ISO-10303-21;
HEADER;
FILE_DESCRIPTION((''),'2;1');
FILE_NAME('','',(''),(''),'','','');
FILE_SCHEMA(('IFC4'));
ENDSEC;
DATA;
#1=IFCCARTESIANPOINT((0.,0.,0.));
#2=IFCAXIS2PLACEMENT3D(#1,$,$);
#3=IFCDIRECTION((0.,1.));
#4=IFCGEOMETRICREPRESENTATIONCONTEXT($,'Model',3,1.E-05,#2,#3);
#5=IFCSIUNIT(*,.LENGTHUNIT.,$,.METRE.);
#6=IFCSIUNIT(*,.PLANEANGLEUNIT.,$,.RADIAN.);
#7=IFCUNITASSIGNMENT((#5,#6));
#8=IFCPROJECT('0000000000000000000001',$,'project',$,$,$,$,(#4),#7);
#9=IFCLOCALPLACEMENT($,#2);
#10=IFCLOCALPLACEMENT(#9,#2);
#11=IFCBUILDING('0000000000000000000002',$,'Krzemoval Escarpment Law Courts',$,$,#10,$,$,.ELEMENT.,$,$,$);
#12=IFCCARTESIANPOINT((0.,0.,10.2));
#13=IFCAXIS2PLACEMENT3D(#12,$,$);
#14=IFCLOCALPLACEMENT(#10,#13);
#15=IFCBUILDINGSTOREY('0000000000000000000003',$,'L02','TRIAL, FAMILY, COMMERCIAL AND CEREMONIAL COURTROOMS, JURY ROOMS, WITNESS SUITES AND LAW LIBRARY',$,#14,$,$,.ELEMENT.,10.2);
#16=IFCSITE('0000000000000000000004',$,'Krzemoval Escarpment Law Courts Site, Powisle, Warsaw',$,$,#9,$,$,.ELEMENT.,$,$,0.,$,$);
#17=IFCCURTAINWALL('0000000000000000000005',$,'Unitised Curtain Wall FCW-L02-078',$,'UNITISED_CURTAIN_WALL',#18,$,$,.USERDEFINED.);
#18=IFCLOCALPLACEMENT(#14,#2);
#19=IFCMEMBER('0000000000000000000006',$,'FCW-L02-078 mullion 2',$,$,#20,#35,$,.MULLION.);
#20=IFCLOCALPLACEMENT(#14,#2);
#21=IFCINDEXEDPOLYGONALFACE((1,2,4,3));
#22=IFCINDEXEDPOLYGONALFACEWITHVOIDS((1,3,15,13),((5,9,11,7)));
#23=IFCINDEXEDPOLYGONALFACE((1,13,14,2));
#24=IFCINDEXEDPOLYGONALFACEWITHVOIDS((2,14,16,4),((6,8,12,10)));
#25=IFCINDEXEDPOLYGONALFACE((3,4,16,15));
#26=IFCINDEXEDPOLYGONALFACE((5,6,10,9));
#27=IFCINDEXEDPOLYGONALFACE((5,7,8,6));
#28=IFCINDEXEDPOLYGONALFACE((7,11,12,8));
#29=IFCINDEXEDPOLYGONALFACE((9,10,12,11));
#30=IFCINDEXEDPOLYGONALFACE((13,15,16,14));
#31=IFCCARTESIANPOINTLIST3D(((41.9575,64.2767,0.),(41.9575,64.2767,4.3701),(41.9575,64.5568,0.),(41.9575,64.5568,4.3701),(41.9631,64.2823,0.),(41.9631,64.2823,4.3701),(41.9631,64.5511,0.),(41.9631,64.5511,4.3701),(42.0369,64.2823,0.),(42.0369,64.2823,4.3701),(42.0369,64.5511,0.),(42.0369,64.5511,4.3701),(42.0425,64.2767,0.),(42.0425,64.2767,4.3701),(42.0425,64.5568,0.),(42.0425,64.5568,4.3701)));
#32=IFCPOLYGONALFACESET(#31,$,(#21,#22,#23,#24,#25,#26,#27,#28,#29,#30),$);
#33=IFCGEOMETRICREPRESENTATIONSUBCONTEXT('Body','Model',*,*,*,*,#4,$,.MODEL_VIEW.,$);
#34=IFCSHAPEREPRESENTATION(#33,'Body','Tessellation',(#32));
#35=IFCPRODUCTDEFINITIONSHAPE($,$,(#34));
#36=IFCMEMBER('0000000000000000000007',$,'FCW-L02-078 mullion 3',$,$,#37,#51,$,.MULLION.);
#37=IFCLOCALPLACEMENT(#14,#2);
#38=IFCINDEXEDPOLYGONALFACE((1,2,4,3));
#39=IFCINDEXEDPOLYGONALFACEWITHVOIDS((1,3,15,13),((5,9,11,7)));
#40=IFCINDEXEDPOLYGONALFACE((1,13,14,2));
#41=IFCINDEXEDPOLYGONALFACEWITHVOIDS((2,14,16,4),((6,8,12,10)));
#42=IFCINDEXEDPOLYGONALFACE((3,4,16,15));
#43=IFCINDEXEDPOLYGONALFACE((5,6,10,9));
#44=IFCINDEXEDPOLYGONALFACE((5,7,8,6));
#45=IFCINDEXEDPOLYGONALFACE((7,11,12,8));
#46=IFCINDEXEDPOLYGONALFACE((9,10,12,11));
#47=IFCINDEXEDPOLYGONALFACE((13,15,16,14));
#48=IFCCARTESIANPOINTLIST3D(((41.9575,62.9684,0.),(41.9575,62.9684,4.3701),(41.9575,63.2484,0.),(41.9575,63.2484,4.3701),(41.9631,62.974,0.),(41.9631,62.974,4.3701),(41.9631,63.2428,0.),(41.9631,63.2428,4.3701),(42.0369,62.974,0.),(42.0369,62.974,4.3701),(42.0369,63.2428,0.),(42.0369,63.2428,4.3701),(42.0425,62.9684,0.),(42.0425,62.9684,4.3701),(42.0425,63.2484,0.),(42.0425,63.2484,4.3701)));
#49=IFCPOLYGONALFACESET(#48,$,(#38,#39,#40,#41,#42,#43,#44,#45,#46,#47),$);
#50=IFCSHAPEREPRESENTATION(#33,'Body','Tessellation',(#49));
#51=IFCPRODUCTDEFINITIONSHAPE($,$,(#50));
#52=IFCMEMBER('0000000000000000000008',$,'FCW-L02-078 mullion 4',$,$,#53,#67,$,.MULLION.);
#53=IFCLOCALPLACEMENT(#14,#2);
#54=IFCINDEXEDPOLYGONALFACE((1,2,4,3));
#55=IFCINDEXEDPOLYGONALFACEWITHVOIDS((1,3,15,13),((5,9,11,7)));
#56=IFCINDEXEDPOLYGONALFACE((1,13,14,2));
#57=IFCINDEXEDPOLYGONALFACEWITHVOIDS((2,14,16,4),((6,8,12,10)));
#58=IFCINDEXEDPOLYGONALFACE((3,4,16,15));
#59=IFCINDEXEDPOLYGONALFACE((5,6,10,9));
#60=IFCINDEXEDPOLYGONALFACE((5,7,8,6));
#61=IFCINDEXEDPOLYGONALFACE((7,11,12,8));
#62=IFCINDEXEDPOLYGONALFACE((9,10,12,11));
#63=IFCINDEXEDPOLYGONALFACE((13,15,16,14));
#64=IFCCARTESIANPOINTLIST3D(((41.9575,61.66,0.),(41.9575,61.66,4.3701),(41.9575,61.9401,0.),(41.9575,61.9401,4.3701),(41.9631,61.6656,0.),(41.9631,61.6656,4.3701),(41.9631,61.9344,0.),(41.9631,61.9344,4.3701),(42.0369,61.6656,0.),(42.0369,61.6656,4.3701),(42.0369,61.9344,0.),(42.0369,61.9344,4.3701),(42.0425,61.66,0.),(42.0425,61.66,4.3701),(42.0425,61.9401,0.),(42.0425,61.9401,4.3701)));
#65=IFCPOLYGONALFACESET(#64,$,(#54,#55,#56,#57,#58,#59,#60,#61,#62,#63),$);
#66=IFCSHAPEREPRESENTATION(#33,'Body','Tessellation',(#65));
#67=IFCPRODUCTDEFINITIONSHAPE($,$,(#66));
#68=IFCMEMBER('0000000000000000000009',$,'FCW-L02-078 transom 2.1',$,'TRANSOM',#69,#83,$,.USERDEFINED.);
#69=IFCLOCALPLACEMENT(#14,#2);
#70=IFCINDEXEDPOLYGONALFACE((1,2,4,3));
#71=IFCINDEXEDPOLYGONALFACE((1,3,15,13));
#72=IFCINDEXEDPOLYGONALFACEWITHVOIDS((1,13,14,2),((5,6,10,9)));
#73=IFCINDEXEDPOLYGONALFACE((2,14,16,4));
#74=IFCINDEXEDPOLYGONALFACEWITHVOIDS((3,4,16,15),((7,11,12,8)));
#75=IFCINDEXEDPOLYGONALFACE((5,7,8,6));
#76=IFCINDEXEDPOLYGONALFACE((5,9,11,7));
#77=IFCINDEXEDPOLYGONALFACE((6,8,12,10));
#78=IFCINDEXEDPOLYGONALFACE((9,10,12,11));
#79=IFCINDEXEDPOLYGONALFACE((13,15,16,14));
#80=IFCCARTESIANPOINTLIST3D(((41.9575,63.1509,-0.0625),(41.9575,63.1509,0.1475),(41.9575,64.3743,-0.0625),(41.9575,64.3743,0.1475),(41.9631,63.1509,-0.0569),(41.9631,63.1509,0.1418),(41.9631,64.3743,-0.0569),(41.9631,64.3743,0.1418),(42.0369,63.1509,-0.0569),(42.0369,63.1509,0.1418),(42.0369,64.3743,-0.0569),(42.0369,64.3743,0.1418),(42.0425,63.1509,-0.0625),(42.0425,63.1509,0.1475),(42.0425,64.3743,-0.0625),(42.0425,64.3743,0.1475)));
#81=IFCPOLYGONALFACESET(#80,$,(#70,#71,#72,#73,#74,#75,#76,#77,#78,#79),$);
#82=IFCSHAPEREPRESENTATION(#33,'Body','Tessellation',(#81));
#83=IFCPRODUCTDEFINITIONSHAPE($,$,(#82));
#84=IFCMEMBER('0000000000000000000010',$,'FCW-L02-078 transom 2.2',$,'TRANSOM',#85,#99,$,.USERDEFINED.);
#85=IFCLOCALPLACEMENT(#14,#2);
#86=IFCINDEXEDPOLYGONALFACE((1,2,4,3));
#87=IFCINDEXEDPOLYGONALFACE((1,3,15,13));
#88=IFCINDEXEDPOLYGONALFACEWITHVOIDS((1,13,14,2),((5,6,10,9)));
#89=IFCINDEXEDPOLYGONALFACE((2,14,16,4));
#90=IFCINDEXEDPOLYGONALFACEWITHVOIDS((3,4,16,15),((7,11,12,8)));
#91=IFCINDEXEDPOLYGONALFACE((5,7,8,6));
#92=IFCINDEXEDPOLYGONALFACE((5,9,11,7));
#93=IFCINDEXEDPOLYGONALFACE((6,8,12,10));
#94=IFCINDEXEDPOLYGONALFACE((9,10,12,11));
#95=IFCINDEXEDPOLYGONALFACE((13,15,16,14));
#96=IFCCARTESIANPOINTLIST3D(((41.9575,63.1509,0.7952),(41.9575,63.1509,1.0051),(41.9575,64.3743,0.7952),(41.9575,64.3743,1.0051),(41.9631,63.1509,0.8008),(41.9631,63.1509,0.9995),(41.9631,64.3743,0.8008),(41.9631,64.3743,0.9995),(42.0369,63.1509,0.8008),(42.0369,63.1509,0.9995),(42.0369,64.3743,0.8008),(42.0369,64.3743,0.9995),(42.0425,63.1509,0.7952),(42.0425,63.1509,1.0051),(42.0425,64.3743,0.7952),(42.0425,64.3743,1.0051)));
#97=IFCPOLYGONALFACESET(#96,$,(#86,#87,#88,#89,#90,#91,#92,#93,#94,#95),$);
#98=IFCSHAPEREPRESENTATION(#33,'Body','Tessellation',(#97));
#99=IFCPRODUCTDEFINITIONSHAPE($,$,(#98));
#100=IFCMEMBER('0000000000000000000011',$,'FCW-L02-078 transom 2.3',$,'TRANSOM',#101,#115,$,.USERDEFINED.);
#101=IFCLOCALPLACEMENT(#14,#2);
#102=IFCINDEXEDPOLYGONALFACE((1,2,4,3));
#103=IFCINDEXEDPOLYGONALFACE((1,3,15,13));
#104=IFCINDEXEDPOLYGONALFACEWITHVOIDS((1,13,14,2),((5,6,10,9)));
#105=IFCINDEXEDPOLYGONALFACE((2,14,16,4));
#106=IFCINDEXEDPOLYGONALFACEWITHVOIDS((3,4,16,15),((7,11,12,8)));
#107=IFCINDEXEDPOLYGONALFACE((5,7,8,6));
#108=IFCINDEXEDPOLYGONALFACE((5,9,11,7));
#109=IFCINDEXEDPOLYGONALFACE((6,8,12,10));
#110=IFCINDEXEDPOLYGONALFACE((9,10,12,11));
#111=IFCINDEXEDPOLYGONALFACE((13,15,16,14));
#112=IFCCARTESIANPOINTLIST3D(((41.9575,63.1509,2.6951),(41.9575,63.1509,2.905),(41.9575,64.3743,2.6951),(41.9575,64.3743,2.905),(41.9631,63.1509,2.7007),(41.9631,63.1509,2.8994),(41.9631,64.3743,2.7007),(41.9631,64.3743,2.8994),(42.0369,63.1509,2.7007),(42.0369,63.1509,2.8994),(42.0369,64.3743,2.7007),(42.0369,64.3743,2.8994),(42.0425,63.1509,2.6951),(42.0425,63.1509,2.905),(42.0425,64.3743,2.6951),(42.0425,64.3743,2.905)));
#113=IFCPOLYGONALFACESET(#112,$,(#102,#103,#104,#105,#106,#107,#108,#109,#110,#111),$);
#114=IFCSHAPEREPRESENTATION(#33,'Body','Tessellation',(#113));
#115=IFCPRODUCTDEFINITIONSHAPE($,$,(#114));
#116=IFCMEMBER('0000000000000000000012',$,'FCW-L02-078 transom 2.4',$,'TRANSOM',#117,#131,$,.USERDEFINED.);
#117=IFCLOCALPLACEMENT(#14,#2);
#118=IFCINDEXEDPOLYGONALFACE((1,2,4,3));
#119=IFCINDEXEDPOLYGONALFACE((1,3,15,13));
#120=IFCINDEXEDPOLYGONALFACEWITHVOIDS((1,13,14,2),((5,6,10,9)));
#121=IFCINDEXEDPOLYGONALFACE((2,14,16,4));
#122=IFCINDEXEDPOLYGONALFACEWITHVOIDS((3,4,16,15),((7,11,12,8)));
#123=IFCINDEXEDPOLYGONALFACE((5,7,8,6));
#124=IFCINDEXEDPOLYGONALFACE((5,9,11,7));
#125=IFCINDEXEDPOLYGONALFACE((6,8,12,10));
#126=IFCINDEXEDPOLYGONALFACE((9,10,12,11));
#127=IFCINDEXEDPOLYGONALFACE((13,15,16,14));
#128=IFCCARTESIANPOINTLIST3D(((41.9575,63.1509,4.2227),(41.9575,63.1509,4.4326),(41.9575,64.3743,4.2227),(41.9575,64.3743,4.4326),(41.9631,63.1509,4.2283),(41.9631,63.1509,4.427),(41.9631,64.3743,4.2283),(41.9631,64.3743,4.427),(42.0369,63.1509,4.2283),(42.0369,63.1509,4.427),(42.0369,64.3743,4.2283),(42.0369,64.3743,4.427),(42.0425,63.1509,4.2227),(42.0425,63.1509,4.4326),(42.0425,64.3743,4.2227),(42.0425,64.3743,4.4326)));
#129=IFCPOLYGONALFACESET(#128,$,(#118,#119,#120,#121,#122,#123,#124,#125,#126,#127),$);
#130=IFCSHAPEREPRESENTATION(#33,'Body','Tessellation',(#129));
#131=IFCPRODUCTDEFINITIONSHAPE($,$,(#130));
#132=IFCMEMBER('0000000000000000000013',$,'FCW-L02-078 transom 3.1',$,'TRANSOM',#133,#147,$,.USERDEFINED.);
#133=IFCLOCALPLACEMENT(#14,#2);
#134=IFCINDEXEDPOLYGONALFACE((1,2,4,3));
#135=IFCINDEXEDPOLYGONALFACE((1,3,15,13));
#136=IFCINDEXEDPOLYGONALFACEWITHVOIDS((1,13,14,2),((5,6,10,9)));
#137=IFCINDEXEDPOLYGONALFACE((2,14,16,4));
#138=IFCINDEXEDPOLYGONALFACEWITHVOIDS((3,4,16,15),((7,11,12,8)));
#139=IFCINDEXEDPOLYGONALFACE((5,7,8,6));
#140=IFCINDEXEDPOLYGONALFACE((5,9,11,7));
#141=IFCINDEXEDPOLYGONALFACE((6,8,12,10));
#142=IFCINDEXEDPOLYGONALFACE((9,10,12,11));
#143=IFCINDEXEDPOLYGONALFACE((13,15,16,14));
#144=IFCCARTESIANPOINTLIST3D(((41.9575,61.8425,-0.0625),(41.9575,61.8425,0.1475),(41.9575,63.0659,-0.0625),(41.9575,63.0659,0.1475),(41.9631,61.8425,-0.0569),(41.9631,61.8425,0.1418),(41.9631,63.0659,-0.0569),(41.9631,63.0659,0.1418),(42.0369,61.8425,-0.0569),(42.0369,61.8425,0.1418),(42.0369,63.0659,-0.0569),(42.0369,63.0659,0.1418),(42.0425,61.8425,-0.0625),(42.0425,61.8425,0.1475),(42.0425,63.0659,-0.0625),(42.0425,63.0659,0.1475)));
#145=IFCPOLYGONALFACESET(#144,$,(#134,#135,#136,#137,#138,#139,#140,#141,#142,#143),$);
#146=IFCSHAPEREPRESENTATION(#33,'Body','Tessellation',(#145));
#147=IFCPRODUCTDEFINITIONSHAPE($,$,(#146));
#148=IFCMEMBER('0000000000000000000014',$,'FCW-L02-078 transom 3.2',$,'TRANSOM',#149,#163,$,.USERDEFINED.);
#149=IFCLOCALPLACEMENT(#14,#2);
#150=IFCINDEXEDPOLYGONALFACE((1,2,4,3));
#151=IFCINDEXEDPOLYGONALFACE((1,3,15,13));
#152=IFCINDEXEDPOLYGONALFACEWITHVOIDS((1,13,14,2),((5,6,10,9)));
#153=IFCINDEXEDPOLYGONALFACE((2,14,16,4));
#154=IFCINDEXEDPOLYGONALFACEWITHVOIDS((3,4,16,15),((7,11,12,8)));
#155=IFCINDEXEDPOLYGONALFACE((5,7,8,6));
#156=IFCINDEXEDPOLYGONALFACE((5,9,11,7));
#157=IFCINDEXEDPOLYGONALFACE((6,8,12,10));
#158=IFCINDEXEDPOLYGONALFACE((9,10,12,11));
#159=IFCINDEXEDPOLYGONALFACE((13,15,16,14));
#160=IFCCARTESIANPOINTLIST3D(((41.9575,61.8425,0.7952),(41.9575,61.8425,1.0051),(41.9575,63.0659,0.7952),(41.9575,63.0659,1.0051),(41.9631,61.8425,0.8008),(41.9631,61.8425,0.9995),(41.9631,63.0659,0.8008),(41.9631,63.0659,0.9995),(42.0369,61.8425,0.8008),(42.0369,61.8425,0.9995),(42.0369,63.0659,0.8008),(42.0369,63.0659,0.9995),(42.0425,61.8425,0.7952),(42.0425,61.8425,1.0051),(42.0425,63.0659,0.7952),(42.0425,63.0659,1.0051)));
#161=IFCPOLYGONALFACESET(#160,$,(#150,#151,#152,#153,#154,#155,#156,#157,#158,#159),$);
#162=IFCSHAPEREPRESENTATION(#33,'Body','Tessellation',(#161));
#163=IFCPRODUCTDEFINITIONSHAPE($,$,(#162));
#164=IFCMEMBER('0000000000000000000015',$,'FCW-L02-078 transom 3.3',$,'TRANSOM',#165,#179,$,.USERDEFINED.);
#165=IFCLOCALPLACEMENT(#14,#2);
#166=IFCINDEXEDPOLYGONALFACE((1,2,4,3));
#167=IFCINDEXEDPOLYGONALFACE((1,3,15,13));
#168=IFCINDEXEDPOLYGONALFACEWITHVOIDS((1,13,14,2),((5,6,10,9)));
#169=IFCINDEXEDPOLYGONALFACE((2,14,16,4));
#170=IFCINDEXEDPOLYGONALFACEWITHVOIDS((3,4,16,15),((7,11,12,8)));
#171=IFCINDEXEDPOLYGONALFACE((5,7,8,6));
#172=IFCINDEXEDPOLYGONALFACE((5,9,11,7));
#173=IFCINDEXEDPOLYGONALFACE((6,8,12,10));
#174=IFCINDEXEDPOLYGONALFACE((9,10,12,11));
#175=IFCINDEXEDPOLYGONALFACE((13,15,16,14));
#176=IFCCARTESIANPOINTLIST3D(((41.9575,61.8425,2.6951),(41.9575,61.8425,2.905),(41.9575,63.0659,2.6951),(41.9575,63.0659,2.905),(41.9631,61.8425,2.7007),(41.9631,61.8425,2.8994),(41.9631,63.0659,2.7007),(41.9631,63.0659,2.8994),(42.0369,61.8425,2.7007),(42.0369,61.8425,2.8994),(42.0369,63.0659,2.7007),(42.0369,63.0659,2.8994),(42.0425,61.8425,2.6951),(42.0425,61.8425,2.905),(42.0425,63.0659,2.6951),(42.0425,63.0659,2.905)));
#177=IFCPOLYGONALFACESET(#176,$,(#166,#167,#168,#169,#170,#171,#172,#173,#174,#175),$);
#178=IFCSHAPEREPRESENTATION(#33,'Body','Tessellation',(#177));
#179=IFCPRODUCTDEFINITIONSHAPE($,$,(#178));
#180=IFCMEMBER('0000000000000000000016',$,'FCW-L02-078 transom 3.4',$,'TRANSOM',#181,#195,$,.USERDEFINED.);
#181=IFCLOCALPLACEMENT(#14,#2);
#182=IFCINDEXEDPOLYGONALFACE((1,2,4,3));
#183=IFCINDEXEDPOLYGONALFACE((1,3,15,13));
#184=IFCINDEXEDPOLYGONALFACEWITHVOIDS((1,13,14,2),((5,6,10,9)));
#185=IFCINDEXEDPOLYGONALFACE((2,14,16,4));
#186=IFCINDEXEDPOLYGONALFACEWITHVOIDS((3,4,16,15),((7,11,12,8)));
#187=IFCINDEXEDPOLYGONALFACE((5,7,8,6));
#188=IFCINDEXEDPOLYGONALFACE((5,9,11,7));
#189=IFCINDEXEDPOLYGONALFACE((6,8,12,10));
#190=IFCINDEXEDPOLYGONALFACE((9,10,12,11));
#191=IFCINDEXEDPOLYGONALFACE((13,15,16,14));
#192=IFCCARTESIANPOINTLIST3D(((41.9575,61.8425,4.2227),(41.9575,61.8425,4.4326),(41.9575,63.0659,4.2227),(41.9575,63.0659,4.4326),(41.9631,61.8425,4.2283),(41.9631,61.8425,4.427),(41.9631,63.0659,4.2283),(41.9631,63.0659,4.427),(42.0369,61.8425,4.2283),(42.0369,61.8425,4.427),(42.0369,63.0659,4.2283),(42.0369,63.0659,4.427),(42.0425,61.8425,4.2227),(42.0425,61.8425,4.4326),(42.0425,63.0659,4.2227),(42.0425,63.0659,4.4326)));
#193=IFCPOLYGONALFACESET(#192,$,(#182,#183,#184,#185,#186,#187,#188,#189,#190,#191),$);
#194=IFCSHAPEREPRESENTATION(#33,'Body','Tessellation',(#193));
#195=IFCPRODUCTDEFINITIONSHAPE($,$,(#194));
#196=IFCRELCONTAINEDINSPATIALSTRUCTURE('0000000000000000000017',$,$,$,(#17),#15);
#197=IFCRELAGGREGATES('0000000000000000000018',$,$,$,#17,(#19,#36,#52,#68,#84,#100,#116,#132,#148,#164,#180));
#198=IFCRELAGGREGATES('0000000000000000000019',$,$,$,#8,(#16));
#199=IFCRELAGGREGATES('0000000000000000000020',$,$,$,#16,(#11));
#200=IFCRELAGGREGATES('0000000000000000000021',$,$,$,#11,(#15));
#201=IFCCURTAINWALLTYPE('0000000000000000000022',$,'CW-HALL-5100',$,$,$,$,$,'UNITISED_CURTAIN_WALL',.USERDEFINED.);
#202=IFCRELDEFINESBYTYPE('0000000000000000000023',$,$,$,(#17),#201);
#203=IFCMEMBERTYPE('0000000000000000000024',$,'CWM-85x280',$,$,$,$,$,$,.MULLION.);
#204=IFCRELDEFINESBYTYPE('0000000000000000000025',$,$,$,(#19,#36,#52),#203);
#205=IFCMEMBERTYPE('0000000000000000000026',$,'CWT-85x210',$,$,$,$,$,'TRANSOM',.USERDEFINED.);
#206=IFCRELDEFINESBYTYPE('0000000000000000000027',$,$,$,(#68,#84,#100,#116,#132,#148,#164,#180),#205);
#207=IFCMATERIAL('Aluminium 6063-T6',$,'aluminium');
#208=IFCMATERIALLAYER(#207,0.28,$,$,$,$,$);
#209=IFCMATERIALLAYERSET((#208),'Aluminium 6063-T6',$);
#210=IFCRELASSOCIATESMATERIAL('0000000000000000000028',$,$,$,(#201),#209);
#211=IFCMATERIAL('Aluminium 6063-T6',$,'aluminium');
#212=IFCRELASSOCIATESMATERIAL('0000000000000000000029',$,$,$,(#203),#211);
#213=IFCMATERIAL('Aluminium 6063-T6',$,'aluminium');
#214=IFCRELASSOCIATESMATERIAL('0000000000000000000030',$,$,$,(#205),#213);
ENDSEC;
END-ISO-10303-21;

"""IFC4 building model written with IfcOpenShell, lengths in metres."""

from ifc_helpers import new_model, si_unit, direction, frame, origin, origin_2d, place, context, subcontext, project, spatial, hollow_rectangle, extrude, material, layer, layer_set, material_profile, profile_set, type_object, element, aggregate, save


model = new_model("IFC4")

# Units and contexts
model_context = context("Model", 3, precision=1e-05, world=origin(), true_north=direction((0.0, 1.0)))
body_context = subcontext(model_context, "Body", "Model", "MODEL_VIEW")
ifc_project = project(units=[si_unit("LENGTHUNIT", "METRE"), si_unit("PLANEANGLEUNIT", "RADIAN")], contexts=[model_context])

# Site, building, storey
site_placement = place(None, origin())
site = spatial("IfcSite", under=ifc_project, at=site_placement, Name="Krzemoval Escarpment Law Courts Site, Powisle, Warsaw", CompositionType="ELEMENT", RefElevation=0.0)
building_placement = place(site_placement, origin())
building = spatial("IfcBuilding", under=site, at=building_placement, Name="Krzemoval Escarpment Law Courts", CompositionType="ELEMENT")
storey_placement = place(building_placement, frame((0.0, 0.0, 10.2)))
storey = spatial("IfcBuildingStorey", under=building, at=storey_placement, Name="L02", Description="TRIAL, FAMILY, COMMERCIAL AND CEREMONIAL COURTROOMS, JURY ROOMS, WITNESS SUITES AND LAW LIBRARY", CompositionType="ELEMENT", Elevation=10.2)

# Curtain wall, members
ifc_material_1 = material(Name="Aluminium 6063-T6", Category="aluminium")
ifc_layer_1 = layer(ifc_material_1, 0.28)
ifc_layer_set_1 = layer_set([ifc_layer_1], Name="Aluminium 6063-T6")
curtain_wall_type = type_object("IfcCurtainWallType", Name="CW-HALL-5100", ElementType="UNITISED_CURTAIN_WALL", PredefinedType="USERDEFINED", material=ifc_layer_set_1)
curtain_wall_placement = place(storey_placement, origin())
curtain_wall = element("IfcCurtainWall", 1, at=curtain_wall_placement, inside=storey, type_object=curtain_wall_type, Name="Unitised Curtain Wall FCW-L02-078", ObjectType="UNITISED_CURTAIN_WALL", PredefinedType="USERDEFINED")
ifc_material_2 = material(Name="Aluminium 6063-T6", Category="aluminium")
ifc_material_profile_1 = material_profile(ifc_material_2, hollow_rectangle(XDim=0.085, YDim=0.28, WallThickness=0.0056, at=origin_2d()), Name="ALU M85x280")
ifc_profile_set_1 = profile_set([ifc_material_profile_1], Name="Aluminium 6063-T6")
member_type_1 = type_object("IfcMemberType", Name="CWM-85x280", PredefinedType="MULLION", material=ifc_profile_set_1)
member_1_placement = place(storey_placement, frame((42.0, 64.4167, 0.0), z_axis=(0.0, 0.0, 1.0), x_axis=(1.0, 0.0, 0.0)))
member_1 = element("IfcMember", 2, at=member_1_placement, type_object=member_type_1, Name="FCW-L02-078 mullion 2", PredefinedType="MULLION", context=body_context, shape_type="SweptSolid", body=[
    extrude(hollow_rectangle(XDim=0.085, YDim=0.28, WallThickness=0.0056, at=origin_2d()), origin(), (0.0, 0.0, 1.0), 4.3701),
])
member_2_placement = place(storey_placement, frame((42.0, 63.1084, 0.0), z_axis=(0.0, 0.0, 1.0), x_axis=(1.0, 0.0, 0.0)))
member_2 = element("IfcMember", 3, at=member_2_placement, type_object=member_type_1, Name="FCW-L02-078 mullion 3", PredefinedType="MULLION", context=body_context, shape_type="SweptSolid", body=[
    extrude(hollow_rectangle(XDim=0.085, YDim=0.28, WallThickness=0.0056, at=origin_2d()), origin(), (0.0, 0.0, 1.0), 4.3701),
])
member_3_placement = place(storey_placement, frame((42.0, 61.8, 0.0), z_axis=(0.0, 0.0, 1.0), x_axis=(1.0, 0.0, 0.0)))
member_3 = element("IfcMember", 4, at=member_3_placement, type_object=member_type_1, Name="FCW-L02-078 mullion 4", PredefinedType="MULLION", context=body_context, shape_type="SweptSolid", body=[
    extrude(hollow_rectangle(XDim=0.085, YDim=0.28, WallThickness=0.0056, at=origin_2d()), origin(), (0.0, 0.0, 1.0), 4.3701),
])
ifc_material_3 = material(Name="Aluminium 6063-T6", Category="aluminium")
ifc_material_profile_2 = material_profile(ifc_material_3, hollow_rectangle(XDim=0.085, YDim=0.21, WallThickness=0.0056, at=origin_2d()), Name="ALU T85x210")
ifc_profile_set_2 = profile_set([ifc_material_profile_2], Name="Aluminium 6063-T6")
member_type_2 = type_object("IfcMemberType", Name="CWT-85x210", ElementType="TRANSOM", PredefinedType="USERDEFINED", material=ifc_profile_set_2)
member_4_placement = place(storey_placement, frame((42.0, 64.3743, 0.0425), z_axis=(0.0, -1.0, 0.0), x_axis=(1.0, 0.0, 0.0)))
member_4 = element("IfcMember", 5, at=member_4_placement, type_object=member_type_2, Name="FCW-L02-078 transom 2.1", ObjectType="TRANSOM", PredefinedType="USERDEFINED", context=body_context, shape_type="SweptSolid", body=[
    extrude(hollow_rectangle(XDim=0.085, YDim=0.21, WallThickness=0.0056, at=origin_2d()), origin(), (0.0, 0.0, 1.0), 1.2234),
])
member_5_placement = place(storey_placement, frame((42.0, 64.3743, 0.9001), z_axis=(0.0, -1.0, 0.0), x_axis=(1.0, 0.0, 0.0)))
member_5 = element("IfcMember", 6, at=member_5_placement, type_object=member_type_2, Name="FCW-L02-078 transom 2.2", ObjectType="TRANSOM", PredefinedType="USERDEFINED", context=body_context, shape_type="SweptSolid", body=[
    extrude(hollow_rectangle(XDim=0.085, YDim=0.21, WallThickness=0.0056, at=origin_2d()), origin(), (0.0, 0.0, 1.0), 1.2234),
])
member_6_placement = place(storey_placement, frame((42.0, 64.3743, 2.8), z_axis=(0.0, -1.0, 0.0), x_axis=(1.0, 0.0, 0.0)))
member_6 = element("IfcMember", 7, at=member_6_placement, type_object=member_type_2, Name="FCW-L02-078 transom 2.3", ObjectType="TRANSOM", PredefinedType="USERDEFINED", context=body_context, shape_type="SweptSolid", body=[
    extrude(hollow_rectangle(XDim=0.085, YDim=0.21, WallThickness=0.0056, at=origin_2d()), origin(), (0.0, 0.0, 1.0), 1.2234),
])
member_7_placement = place(storey_placement, frame((42.0, 64.3743, 4.3276), z_axis=(0.0, -1.0, 0.0), x_axis=(1.0, 0.0, 0.0)))
member_7 = element("IfcMember", 8, at=member_7_placement, type_object=member_type_2, Name="FCW-L02-078 transom 2.4", ObjectType="TRANSOM", PredefinedType="USERDEFINED", context=body_context, shape_type="SweptSolid", body=[
    extrude(hollow_rectangle(XDim=0.085, YDim=0.21, WallThickness=0.0056, at=origin_2d()), origin(), (0.0, 0.0, 1.0), 1.2234),
])
member_8_placement = place(storey_placement, frame((42.0, 63.0659, 0.0425), z_axis=(0.0, -1.0, 0.0), x_axis=(1.0, 0.0, 0.0)))
member_8 = element("IfcMember", 9, at=member_8_placement, type_object=member_type_2, Name="FCW-L02-078 transom 3.1", ObjectType="TRANSOM", PredefinedType="USERDEFINED", context=body_context, shape_type="SweptSolid", body=[
    extrude(hollow_rectangle(XDim=0.085, YDim=0.21, WallThickness=0.0056, at=origin_2d()), origin(), (0.0, 0.0, 1.0), 1.2234),
])
member_9_placement = place(storey_placement, frame((42.0, 63.0659, 0.9001), z_axis=(0.0, -1.0, 0.0), x_axis=(1.0, 0.0, 0.0)))
member_9 = element("IfcMember", 10, at=member_9_placement, type_object=member_type_2, Name="FCW-L02-078 transom 3.2", ObjectType="TRANSOM", PredefinedType="USERDEFINED", context=body_context, shape_type="SweptSolid", body=[
    extrude(hollow_rectangle(XDim=0.085, YDim=0.21, WallThickness=0.0056, at=origin_2d()), origin(), (0.0, 0.0, 1.0), 1.2234),
])
member_10_placement = place(storey_placement, frame((42.0, 63.0659, 2.8), z_axis=(0.0, -1.0, 0.0), x_axis=(1.0, 0.0, 0.0)))
member_10 = element("IfcMember", 11, at=member_10_placement, type_object=member_type_2, Name="FCW-L02-078 transom 3.3", ObjectType="TRANSOM", PredefinedType="USERDEFINED", context=body_context, shape_type="SweptSolid", body=[
    extrude(hollow_rectangle(XDim=0.085, YDim=0.21, WallThickness=0.0056, at=origin_2d()), origin(), (0.0, 0.0, 1.0), 1.2234),
])
member_11_placement = place(storey_placement, frame((42.0, 63.0659, 4.3276), z_axis=(0.0, -1.0, 0.0), x_axis=(1.0, 0.0, 0.0)))
member_11 = element("IfcMember", 12, at=member_11_placement, type_object=member_type_2, Name="FCW-L02-078 transom 3.4", ObjectType="TRANSOM", PredefinedType="USERDEFINED", context=body_context, shape_type="SweptSolid", body=[
    extrude(hollow_rectangle(XDim=0.085, YDim=0.21, WallThickness=0.0056, at=origin_2d()), origin(), (0.0, 0.0, 1.0), 1.2234),
])
aggregate(curtain_wall, [member_1, member_2, member_3, member_4, member_5, member_6, member_7, member_8, member_9, member_10, member_11])

save(model, "model.ifc")
